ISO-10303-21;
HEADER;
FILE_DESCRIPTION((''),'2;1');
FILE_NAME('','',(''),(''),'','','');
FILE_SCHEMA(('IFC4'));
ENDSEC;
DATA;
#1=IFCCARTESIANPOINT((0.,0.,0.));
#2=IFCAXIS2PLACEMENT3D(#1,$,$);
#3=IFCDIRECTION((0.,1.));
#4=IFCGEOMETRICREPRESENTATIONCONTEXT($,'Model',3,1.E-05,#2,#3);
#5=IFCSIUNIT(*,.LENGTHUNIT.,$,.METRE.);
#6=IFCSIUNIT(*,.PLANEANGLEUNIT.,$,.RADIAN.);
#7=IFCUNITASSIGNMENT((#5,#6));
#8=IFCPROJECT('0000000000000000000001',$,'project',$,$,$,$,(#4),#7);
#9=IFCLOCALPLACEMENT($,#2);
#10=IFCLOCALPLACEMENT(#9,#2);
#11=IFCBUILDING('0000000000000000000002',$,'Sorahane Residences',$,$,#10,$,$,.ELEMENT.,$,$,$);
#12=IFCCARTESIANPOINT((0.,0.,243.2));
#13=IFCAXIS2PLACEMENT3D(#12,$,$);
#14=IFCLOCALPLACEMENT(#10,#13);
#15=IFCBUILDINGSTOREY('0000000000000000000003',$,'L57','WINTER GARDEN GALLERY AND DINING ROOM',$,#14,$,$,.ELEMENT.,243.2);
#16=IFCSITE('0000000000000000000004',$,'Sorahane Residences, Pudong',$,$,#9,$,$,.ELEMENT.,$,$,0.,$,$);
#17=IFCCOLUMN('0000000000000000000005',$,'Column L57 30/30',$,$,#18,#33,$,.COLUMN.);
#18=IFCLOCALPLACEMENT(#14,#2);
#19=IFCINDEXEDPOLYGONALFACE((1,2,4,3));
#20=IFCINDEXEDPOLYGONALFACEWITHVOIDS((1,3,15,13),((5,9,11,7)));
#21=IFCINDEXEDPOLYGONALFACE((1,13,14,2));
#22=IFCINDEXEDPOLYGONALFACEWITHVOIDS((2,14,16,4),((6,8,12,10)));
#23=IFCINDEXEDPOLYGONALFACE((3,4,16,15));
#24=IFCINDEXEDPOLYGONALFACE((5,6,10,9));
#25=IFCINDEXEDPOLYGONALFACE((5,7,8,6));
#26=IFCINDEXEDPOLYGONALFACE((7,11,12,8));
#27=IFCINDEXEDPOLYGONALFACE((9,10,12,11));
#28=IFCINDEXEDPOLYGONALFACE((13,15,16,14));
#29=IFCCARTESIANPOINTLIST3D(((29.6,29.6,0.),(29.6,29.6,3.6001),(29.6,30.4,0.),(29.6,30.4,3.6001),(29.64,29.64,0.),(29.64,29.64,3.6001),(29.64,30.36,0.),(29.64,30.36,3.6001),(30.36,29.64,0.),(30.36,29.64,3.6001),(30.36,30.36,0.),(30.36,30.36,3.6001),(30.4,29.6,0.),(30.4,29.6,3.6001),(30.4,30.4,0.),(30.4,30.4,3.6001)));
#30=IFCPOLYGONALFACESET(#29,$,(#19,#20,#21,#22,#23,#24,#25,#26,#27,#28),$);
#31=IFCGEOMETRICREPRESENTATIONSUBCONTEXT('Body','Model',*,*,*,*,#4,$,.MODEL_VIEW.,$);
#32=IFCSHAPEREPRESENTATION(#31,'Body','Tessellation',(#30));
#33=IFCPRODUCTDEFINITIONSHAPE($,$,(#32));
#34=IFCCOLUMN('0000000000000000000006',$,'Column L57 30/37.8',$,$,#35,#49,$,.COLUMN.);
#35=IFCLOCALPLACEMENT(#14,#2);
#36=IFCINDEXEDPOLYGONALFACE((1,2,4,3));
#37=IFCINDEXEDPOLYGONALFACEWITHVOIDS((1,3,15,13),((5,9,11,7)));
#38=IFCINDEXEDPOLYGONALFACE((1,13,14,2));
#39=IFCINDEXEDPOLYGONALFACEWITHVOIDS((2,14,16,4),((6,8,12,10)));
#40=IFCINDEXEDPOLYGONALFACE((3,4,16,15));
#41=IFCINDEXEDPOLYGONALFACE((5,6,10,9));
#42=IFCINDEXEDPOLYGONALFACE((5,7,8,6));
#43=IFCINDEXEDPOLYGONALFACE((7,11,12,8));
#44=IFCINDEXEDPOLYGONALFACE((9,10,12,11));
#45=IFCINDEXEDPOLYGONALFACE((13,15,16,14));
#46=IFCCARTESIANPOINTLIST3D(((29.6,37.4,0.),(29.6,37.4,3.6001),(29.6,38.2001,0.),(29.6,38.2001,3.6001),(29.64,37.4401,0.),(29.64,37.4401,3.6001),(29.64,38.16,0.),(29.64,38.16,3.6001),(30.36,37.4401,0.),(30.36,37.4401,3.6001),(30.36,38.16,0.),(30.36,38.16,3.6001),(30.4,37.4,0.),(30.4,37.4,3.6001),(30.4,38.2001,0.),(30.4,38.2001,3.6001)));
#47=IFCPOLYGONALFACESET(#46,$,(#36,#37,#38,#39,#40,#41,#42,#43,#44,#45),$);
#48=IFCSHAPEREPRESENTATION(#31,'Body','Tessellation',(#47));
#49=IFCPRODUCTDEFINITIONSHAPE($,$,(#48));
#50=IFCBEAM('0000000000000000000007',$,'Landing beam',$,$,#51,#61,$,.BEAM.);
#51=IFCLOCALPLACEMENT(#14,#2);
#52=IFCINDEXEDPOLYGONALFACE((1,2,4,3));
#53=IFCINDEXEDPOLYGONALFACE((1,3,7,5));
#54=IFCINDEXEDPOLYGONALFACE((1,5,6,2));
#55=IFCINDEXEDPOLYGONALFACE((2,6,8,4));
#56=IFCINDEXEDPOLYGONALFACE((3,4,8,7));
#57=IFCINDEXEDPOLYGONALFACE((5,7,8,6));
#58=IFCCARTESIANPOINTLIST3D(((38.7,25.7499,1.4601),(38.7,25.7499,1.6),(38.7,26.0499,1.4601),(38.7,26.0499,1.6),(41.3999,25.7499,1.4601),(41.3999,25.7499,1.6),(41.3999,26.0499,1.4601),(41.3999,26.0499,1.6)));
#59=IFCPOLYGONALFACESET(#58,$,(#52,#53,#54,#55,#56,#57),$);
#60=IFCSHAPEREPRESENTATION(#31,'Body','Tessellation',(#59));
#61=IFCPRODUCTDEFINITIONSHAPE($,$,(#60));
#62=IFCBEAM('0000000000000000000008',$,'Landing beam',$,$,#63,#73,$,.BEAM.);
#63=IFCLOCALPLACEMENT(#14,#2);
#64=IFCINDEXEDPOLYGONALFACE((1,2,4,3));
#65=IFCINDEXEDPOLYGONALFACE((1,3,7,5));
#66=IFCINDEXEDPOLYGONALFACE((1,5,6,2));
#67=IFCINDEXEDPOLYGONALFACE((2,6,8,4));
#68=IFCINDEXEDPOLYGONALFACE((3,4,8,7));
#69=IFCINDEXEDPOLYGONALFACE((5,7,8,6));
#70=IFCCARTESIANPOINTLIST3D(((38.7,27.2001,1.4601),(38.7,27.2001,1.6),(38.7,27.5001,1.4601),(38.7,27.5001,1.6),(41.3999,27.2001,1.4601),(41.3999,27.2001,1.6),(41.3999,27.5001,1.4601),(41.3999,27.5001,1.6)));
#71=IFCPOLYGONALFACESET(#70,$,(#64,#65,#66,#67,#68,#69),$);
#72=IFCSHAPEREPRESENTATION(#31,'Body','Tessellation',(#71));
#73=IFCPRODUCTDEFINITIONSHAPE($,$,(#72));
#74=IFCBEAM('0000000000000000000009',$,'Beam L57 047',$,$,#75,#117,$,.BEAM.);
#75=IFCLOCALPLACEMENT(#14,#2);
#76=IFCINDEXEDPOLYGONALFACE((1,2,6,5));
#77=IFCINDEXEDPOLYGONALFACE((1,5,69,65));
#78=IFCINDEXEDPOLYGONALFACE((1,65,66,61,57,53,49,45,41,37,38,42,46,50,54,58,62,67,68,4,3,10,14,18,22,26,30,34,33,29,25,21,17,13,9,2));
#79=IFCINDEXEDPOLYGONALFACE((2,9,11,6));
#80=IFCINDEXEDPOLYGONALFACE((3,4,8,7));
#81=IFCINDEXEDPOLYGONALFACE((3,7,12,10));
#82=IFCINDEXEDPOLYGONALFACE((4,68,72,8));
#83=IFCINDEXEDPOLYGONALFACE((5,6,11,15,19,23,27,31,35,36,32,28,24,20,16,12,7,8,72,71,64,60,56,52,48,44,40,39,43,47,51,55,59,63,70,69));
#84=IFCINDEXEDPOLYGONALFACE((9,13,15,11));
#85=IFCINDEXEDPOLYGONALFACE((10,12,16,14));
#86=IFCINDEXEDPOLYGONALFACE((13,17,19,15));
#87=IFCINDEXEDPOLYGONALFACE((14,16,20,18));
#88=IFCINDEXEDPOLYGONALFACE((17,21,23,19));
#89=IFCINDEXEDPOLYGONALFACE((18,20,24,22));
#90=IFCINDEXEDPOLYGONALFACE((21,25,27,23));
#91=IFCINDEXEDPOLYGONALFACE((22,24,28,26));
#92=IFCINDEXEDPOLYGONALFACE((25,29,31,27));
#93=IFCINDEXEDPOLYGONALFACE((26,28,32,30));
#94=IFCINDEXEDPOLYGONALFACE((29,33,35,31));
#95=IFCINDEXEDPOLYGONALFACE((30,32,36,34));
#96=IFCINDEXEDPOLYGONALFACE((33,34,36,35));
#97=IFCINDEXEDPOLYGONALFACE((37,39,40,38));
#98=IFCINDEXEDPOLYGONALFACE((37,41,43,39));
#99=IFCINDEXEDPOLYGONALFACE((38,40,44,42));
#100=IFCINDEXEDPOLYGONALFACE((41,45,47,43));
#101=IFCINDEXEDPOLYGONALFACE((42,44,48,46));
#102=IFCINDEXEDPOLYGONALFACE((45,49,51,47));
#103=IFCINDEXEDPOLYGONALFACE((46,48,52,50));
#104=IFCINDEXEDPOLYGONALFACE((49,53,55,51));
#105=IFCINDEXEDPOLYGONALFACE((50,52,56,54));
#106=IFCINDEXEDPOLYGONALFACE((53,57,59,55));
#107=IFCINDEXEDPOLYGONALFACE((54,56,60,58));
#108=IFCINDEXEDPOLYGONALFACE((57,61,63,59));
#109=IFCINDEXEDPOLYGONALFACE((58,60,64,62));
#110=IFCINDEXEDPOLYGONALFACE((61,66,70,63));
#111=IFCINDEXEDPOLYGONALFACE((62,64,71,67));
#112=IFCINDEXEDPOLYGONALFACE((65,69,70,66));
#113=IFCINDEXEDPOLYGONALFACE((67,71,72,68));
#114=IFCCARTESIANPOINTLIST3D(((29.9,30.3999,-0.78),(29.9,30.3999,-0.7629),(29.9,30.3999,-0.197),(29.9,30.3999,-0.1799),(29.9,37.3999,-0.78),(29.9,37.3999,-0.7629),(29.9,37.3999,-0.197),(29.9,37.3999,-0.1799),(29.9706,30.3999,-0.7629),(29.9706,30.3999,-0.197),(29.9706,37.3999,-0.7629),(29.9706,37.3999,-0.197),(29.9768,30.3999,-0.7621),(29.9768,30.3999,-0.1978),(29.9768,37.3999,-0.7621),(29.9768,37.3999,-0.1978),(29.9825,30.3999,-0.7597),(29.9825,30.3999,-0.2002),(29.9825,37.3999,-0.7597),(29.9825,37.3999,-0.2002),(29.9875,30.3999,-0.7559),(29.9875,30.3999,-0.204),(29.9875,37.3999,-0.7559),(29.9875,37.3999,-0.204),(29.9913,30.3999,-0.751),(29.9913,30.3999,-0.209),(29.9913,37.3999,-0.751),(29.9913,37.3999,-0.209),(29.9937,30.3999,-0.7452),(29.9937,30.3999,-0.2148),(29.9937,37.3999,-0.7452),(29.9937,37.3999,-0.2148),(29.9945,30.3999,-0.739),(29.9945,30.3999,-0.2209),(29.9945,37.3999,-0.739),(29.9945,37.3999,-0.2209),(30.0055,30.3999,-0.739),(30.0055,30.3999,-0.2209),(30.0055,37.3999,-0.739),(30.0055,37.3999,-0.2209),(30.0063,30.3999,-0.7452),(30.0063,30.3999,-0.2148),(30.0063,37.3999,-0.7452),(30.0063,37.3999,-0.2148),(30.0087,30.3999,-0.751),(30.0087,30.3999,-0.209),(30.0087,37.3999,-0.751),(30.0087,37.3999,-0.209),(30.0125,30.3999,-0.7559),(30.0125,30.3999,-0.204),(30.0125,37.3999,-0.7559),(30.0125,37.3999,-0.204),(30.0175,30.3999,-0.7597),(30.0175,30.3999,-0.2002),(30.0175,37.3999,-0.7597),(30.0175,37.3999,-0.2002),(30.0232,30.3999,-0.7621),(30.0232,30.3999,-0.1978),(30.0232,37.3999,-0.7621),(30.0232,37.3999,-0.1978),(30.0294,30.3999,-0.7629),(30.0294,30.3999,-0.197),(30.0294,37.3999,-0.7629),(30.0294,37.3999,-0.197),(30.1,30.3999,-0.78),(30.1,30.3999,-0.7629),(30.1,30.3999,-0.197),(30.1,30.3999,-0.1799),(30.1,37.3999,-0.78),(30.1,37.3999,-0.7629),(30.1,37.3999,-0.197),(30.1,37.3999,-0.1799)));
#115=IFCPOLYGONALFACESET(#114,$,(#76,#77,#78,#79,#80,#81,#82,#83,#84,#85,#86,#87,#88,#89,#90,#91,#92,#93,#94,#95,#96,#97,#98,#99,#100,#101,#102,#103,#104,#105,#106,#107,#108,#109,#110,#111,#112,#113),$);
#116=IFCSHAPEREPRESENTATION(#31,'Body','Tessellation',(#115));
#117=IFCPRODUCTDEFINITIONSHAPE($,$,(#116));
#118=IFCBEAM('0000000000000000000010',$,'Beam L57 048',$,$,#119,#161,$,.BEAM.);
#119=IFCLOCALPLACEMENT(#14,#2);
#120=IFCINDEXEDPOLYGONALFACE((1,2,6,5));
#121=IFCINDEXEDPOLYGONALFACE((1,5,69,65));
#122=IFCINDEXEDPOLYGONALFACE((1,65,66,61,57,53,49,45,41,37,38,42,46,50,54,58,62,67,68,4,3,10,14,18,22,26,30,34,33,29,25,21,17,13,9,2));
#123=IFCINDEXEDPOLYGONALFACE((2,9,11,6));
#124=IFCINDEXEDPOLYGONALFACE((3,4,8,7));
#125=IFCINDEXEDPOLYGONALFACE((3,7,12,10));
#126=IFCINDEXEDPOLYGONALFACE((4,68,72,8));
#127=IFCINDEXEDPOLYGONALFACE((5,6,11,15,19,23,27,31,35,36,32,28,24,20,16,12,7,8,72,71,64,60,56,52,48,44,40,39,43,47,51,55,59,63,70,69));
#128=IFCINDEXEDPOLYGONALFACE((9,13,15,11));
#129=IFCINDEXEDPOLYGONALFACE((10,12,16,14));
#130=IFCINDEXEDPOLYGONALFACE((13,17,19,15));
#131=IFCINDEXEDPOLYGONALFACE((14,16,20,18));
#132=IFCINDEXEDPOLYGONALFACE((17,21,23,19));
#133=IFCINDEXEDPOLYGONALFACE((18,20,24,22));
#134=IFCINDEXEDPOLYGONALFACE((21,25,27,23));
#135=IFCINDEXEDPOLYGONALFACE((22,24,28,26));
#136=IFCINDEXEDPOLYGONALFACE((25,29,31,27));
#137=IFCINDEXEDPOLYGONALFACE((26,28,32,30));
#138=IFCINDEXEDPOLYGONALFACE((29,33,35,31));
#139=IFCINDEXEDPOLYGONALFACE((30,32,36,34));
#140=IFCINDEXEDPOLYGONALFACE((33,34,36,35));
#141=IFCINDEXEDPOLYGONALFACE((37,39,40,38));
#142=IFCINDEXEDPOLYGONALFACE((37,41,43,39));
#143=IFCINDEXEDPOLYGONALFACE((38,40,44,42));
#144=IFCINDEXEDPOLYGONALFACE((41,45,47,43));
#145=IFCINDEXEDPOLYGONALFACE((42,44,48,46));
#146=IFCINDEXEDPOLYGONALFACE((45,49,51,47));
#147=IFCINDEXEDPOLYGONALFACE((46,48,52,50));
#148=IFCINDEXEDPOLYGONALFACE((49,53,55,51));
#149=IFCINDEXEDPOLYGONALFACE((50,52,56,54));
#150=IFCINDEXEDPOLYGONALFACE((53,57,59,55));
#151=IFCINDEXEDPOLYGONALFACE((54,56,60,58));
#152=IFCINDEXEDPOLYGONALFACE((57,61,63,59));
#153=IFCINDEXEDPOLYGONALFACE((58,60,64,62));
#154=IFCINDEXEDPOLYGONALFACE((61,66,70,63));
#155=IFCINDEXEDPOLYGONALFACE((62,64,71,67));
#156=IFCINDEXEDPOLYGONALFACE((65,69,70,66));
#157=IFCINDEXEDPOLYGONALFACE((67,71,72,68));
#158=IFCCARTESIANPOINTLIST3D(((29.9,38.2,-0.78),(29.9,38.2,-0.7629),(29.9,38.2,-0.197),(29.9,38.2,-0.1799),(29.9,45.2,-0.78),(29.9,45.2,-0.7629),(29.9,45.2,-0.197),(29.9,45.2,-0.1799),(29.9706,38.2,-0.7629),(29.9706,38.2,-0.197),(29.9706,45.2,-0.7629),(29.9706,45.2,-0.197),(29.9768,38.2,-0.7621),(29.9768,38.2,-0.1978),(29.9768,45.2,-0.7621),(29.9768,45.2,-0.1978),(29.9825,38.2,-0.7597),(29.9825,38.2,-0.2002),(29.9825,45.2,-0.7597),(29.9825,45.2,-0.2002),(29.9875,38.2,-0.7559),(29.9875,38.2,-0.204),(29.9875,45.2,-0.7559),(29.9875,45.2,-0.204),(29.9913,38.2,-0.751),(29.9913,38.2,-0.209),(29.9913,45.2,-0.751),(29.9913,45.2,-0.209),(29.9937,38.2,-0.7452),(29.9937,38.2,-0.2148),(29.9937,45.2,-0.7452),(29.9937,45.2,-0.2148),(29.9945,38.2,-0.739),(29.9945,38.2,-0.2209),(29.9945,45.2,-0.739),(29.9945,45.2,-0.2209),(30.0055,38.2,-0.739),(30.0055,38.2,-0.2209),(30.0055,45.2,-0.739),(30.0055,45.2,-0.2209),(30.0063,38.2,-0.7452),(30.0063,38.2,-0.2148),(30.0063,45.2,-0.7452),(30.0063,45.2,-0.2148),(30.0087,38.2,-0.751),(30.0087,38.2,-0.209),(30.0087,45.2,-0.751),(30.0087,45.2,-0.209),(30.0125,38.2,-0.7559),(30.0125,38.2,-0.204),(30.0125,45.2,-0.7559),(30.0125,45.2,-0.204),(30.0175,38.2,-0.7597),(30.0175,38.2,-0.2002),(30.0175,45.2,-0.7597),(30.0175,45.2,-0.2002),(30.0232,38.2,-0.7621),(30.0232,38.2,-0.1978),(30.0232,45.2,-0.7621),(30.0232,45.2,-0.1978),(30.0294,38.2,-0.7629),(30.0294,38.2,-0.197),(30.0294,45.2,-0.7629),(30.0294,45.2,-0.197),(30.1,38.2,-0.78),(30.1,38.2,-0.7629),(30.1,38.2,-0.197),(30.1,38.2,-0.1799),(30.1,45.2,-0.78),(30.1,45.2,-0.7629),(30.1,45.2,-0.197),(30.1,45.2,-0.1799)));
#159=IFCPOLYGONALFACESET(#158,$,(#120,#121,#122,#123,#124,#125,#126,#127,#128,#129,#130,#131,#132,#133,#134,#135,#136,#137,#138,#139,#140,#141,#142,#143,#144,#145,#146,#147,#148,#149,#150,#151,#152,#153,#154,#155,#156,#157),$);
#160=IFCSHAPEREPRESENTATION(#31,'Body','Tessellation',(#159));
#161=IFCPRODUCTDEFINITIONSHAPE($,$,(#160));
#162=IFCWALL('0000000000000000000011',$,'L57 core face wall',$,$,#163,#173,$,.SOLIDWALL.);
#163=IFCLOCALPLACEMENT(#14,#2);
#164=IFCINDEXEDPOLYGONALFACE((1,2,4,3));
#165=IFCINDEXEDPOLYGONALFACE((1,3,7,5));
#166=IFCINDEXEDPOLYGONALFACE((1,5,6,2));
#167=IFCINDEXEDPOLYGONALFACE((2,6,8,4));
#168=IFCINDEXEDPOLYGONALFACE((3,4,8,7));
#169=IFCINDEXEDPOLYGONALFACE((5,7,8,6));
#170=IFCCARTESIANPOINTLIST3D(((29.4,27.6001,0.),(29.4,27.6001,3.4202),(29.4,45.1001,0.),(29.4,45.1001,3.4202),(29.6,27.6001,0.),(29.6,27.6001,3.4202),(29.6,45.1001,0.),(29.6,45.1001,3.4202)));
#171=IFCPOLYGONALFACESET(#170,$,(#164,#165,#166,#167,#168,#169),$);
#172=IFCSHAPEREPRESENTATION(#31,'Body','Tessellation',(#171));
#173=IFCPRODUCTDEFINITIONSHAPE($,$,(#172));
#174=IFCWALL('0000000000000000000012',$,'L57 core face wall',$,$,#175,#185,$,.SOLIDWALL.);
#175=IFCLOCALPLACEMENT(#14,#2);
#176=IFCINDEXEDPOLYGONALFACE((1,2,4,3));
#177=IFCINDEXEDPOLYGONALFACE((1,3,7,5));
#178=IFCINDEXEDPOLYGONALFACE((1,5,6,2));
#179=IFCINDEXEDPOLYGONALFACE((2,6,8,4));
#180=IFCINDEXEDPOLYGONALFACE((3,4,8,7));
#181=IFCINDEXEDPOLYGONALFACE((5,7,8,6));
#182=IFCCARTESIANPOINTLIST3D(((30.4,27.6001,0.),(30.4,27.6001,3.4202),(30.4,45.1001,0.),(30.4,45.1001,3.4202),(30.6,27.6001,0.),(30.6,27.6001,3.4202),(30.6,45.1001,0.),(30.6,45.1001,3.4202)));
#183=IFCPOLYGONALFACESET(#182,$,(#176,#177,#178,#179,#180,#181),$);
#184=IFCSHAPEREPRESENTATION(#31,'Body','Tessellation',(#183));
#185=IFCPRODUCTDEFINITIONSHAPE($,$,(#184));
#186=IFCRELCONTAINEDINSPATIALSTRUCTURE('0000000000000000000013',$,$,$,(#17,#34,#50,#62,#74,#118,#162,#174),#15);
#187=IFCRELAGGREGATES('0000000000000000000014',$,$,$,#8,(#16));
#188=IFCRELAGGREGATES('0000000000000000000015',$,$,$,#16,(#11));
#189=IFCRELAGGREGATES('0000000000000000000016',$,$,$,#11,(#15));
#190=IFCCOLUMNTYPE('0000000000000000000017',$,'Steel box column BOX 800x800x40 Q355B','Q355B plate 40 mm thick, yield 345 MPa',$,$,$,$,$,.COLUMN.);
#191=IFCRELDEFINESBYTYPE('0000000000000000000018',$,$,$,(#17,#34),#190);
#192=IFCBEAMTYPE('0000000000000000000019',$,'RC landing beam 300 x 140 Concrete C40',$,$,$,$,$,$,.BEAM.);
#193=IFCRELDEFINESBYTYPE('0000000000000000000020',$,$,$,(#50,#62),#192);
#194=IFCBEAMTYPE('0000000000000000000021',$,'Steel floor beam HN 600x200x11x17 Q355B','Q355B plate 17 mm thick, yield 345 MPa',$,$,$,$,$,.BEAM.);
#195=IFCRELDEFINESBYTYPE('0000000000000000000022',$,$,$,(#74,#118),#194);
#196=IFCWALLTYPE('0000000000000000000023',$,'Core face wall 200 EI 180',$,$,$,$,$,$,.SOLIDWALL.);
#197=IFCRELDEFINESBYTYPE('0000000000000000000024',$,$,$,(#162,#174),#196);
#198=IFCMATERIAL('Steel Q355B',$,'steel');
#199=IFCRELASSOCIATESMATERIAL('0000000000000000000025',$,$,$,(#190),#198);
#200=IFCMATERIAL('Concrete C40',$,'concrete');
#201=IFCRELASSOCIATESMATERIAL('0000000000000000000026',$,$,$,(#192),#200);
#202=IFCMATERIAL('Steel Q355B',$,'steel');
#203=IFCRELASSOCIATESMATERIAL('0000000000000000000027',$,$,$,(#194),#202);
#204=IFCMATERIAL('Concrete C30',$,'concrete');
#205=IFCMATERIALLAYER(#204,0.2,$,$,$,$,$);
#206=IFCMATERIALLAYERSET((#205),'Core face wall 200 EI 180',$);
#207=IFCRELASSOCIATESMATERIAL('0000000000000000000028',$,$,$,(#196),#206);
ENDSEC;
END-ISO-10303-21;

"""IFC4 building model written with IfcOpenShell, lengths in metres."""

from ifc_helpers import new_model, si_unit, direction, frame, frame_2d, origin, origin_2d, place, context, subcontext, project, spatial, rectangle, hollow_rectangle, i_section, extrude, material, layer, layer_set, material_profile, profile_set, type_object, element, save


model = new_model("IFC4")

# Units and contexts
model_context = context("Model", 3, precision=1e-05, world=origin(), true_north=direction((0.0, 1.0)))
body_context = subcontext(model_context, "Body", "Model", "MODEL_VIEW")
ifc_project = project(units=[si_unit("LENGTHUNIT", "METRE"), si_unit("PLANEANGLEUNIT", "RADIAN")], contexts=[model_context])

# Site, building, storey
site_placement = place(None, origin())
site = spatial("IfcSite", under=ifc_project, at=site_placement, Name="Sorahane Residences, Pudong", CompositionType="ELEMENT", RefElevation=0.0)
building_placement = place(site_placement, origin())
building = spatial("IfcBuilding", under=site, at=building_placement, Name="Sorahane Residences", CompositionType="ELEMENT")
storey_placement = place(building_placement, frame((0.0, 0.0, 243.2)))
storey = spatial("IfcBuildingStorey", under=building, at=storey_placement, Name="L57", Description="WINTER GARDEN GALLERY AND DINING ROOM", CompositionType="ELEMENT", Elevation=243.2)

# Columns
ifc_material_1 = material(Name="Steel Q355B", Category="steel")
ifc_material_profile_1 = material_profile(ifc_material_1, hollow_rectangle(XDim=0.8, YDim=0.8, WallThickness=0.04, at=origin_2d()), Name="BOX 800x800x40")
ifc_profile_set_1 = profile_set([ifc_material_profile_1], Name="Steel Q355B")
column_type = type_object("IfcColumnType", Name="Steel box column BOX 800x800x40 Q355B", Description="Q355B plate 40 mm thick, yield 345 MPa", PredefinedType="COLUMN", material=ifc_profile_set_1)
for number, where, z_axis, x_axis, name in (
    (1, (30.0, 30.0, 0.0), (0.0, 0.0, 1.0), (1.0, 0.0, 0.0), "Column L57 30/30"),
    (2, (30.0, 37.8, 0.0), (0.0, 0.0, 1.0), (1.0, 0.0, 0.0), "Column L57 30/37.8"),
):
    element("IfcColumn", number, at=place(storey_placement, frame(where, z_axis=z_axis, x_axis=x_axis)), inside=storey, type_object=column_type, Name=name, PredefinedType="COLUMN", context=body_context, shape_type="SweptSolid", body=[
        extrude(hollow_rectangle(XDim=0.8, YDim=0.8, WallThickness=0.04, at=origin_2d()), origin(), (0.0, 0.0, 1.0), 3.6001),
    ])

# Beams
ifc_material_2 = material(Name="Concrete C40", Category="concrete")
ifc_material_profile_2 = material_profile(ifc_material_2, rectangle(XDim=0.3, YDim=0.1399, at=origin_2d()), Name="300x140")
ifc_profile_set_2 = profile_set([ifc_material_profile_2], Name="Concrete C40")
beam_type_1 = type_object("IfcBeamType", Name="RC landing beam 300 x 140 Concrete C40", PredefinedType="BEAM", material=ifc_profile_set_2)
for number, where, z_axis, x_axis, name in (
    (3, (38.7, 25.8999, 1.53), (1.0, 0.0, 0.0), (0.0, 1.0, 0.0), "Landing beam"),
    (4, (38.7, 27.3501, 1.53), (1.0, 0.0, 0.0), (0.0, 1.0, 0.0), "Landing beam"),
):
    element("IfcBeam", number, at=place(storey_placement, frame(where, z_axis=z_axis, x_axis=x_axis)), inside=storey, type_object=beam_type_1, Name=name, PredefinedType="BEAM", context=body_context, shape_type="SweptSolid", body=[
        extrude(rectangle(XDim=0.3, YDim=0.1399, at=origin_2d()), origin(), (0.0, 0.0, 1.0), 2.7),
    ])
ifc_material_3 = material(Name="Steel Q355B", Category="steel")
ifc_material_profile_3 = material_profile(ifc_material_3, i_section(OverallWidth=0.2, OverallDepth=0.6001, WebThickness=0.011, FlangeThickness=0.0171, FilletRadius=0.0239, at=origin_2d()), Name="HN 600x200x11x17")
ifc_profile_set_3 = profile_set([ifc_material_profile_3], Name="Steel Q355B")
beam_type_2 = type_object("IfcBeamType", Name="Steel floor beam HN 600x200x11x17 Q355B", Description="Q355B plate 17 mm thick, yield 345 MPa", PredefinedType="BEAM", material=ifc_profile_set_3)
for number, where, z_axis, x_axis, name in (
    (5, (30.0, 30.3999, -0.48), (0.0, 1.0, 0.0), (-1.0, 0.0, 0.0), "Beam L57 047"),
    (6, (30.0, 38.2, -0.48), (0.0, 1.0, 0.0), (-1.0, 0.0, 0.0), "Beam L57 048"),
):
    element("IfcBeam", number, at=place(storey_placement, frame(where, z_axis=z_axis, x_axis=x_axis)), inside=storey, type_object=beam_type_2, Name=name, PredefinedType="BEAM", context=body_context, shape_type="SweptSolid", body=[
        extrude(i_section(OverallWidth=0.2, OverallDepth=0.6001, WebThickness=0.011, FlangeThickness=0.0171, FilletRadius=0.0239, at=origin_2d()), origin(), (0.0, 0.0, 1.0), 7.0),
    ])

# Walls
ifc_material_4 = material(Name="Concrete C30", Category="concrete")
ifc_layer_1 = layer(ifc_material_4, 0.2)
ifc_layer_set_1 = layer_set([ifc_layer_1], Name="Core face wall 200 EI 180")
wall_type_1 = type_object("IfcWallType", Name="Core face wall 200 EI 180", PredefinedType="SOLIDWALL", material=ifc_layer_set_1)
for number, where, z_axis, x_axis, name in (
    (7, (29.5, 27.6001, 0.0), (0.0, 0.0, 1.0), (0.0, 1.0, 0.0), "L57 core face wall"),
    (8, (30.5, 27.6001, 0.0), (0.0, 0.0, 1.0), (0.0, 1.0, 0.0), "L57 core face wall"),
):
    element("IfcWall", number, at=place(storey_placement, frame(where, z_axis=z_axis, x_axis=x_axis)), inside=storey, type_object=wall_type_1, Name=name, PredefinedType="SOLIDWALL", context=body_context, shape_type="SweptSolid", body=[
        extrude(rectangle(XDim=17.5, YDim=0.2, at=frame_2d((8.75, 0.0))), origin(), (0.0, 0.0, 1.0), 3.4202),
    ])

save(model, "model.ifc")
